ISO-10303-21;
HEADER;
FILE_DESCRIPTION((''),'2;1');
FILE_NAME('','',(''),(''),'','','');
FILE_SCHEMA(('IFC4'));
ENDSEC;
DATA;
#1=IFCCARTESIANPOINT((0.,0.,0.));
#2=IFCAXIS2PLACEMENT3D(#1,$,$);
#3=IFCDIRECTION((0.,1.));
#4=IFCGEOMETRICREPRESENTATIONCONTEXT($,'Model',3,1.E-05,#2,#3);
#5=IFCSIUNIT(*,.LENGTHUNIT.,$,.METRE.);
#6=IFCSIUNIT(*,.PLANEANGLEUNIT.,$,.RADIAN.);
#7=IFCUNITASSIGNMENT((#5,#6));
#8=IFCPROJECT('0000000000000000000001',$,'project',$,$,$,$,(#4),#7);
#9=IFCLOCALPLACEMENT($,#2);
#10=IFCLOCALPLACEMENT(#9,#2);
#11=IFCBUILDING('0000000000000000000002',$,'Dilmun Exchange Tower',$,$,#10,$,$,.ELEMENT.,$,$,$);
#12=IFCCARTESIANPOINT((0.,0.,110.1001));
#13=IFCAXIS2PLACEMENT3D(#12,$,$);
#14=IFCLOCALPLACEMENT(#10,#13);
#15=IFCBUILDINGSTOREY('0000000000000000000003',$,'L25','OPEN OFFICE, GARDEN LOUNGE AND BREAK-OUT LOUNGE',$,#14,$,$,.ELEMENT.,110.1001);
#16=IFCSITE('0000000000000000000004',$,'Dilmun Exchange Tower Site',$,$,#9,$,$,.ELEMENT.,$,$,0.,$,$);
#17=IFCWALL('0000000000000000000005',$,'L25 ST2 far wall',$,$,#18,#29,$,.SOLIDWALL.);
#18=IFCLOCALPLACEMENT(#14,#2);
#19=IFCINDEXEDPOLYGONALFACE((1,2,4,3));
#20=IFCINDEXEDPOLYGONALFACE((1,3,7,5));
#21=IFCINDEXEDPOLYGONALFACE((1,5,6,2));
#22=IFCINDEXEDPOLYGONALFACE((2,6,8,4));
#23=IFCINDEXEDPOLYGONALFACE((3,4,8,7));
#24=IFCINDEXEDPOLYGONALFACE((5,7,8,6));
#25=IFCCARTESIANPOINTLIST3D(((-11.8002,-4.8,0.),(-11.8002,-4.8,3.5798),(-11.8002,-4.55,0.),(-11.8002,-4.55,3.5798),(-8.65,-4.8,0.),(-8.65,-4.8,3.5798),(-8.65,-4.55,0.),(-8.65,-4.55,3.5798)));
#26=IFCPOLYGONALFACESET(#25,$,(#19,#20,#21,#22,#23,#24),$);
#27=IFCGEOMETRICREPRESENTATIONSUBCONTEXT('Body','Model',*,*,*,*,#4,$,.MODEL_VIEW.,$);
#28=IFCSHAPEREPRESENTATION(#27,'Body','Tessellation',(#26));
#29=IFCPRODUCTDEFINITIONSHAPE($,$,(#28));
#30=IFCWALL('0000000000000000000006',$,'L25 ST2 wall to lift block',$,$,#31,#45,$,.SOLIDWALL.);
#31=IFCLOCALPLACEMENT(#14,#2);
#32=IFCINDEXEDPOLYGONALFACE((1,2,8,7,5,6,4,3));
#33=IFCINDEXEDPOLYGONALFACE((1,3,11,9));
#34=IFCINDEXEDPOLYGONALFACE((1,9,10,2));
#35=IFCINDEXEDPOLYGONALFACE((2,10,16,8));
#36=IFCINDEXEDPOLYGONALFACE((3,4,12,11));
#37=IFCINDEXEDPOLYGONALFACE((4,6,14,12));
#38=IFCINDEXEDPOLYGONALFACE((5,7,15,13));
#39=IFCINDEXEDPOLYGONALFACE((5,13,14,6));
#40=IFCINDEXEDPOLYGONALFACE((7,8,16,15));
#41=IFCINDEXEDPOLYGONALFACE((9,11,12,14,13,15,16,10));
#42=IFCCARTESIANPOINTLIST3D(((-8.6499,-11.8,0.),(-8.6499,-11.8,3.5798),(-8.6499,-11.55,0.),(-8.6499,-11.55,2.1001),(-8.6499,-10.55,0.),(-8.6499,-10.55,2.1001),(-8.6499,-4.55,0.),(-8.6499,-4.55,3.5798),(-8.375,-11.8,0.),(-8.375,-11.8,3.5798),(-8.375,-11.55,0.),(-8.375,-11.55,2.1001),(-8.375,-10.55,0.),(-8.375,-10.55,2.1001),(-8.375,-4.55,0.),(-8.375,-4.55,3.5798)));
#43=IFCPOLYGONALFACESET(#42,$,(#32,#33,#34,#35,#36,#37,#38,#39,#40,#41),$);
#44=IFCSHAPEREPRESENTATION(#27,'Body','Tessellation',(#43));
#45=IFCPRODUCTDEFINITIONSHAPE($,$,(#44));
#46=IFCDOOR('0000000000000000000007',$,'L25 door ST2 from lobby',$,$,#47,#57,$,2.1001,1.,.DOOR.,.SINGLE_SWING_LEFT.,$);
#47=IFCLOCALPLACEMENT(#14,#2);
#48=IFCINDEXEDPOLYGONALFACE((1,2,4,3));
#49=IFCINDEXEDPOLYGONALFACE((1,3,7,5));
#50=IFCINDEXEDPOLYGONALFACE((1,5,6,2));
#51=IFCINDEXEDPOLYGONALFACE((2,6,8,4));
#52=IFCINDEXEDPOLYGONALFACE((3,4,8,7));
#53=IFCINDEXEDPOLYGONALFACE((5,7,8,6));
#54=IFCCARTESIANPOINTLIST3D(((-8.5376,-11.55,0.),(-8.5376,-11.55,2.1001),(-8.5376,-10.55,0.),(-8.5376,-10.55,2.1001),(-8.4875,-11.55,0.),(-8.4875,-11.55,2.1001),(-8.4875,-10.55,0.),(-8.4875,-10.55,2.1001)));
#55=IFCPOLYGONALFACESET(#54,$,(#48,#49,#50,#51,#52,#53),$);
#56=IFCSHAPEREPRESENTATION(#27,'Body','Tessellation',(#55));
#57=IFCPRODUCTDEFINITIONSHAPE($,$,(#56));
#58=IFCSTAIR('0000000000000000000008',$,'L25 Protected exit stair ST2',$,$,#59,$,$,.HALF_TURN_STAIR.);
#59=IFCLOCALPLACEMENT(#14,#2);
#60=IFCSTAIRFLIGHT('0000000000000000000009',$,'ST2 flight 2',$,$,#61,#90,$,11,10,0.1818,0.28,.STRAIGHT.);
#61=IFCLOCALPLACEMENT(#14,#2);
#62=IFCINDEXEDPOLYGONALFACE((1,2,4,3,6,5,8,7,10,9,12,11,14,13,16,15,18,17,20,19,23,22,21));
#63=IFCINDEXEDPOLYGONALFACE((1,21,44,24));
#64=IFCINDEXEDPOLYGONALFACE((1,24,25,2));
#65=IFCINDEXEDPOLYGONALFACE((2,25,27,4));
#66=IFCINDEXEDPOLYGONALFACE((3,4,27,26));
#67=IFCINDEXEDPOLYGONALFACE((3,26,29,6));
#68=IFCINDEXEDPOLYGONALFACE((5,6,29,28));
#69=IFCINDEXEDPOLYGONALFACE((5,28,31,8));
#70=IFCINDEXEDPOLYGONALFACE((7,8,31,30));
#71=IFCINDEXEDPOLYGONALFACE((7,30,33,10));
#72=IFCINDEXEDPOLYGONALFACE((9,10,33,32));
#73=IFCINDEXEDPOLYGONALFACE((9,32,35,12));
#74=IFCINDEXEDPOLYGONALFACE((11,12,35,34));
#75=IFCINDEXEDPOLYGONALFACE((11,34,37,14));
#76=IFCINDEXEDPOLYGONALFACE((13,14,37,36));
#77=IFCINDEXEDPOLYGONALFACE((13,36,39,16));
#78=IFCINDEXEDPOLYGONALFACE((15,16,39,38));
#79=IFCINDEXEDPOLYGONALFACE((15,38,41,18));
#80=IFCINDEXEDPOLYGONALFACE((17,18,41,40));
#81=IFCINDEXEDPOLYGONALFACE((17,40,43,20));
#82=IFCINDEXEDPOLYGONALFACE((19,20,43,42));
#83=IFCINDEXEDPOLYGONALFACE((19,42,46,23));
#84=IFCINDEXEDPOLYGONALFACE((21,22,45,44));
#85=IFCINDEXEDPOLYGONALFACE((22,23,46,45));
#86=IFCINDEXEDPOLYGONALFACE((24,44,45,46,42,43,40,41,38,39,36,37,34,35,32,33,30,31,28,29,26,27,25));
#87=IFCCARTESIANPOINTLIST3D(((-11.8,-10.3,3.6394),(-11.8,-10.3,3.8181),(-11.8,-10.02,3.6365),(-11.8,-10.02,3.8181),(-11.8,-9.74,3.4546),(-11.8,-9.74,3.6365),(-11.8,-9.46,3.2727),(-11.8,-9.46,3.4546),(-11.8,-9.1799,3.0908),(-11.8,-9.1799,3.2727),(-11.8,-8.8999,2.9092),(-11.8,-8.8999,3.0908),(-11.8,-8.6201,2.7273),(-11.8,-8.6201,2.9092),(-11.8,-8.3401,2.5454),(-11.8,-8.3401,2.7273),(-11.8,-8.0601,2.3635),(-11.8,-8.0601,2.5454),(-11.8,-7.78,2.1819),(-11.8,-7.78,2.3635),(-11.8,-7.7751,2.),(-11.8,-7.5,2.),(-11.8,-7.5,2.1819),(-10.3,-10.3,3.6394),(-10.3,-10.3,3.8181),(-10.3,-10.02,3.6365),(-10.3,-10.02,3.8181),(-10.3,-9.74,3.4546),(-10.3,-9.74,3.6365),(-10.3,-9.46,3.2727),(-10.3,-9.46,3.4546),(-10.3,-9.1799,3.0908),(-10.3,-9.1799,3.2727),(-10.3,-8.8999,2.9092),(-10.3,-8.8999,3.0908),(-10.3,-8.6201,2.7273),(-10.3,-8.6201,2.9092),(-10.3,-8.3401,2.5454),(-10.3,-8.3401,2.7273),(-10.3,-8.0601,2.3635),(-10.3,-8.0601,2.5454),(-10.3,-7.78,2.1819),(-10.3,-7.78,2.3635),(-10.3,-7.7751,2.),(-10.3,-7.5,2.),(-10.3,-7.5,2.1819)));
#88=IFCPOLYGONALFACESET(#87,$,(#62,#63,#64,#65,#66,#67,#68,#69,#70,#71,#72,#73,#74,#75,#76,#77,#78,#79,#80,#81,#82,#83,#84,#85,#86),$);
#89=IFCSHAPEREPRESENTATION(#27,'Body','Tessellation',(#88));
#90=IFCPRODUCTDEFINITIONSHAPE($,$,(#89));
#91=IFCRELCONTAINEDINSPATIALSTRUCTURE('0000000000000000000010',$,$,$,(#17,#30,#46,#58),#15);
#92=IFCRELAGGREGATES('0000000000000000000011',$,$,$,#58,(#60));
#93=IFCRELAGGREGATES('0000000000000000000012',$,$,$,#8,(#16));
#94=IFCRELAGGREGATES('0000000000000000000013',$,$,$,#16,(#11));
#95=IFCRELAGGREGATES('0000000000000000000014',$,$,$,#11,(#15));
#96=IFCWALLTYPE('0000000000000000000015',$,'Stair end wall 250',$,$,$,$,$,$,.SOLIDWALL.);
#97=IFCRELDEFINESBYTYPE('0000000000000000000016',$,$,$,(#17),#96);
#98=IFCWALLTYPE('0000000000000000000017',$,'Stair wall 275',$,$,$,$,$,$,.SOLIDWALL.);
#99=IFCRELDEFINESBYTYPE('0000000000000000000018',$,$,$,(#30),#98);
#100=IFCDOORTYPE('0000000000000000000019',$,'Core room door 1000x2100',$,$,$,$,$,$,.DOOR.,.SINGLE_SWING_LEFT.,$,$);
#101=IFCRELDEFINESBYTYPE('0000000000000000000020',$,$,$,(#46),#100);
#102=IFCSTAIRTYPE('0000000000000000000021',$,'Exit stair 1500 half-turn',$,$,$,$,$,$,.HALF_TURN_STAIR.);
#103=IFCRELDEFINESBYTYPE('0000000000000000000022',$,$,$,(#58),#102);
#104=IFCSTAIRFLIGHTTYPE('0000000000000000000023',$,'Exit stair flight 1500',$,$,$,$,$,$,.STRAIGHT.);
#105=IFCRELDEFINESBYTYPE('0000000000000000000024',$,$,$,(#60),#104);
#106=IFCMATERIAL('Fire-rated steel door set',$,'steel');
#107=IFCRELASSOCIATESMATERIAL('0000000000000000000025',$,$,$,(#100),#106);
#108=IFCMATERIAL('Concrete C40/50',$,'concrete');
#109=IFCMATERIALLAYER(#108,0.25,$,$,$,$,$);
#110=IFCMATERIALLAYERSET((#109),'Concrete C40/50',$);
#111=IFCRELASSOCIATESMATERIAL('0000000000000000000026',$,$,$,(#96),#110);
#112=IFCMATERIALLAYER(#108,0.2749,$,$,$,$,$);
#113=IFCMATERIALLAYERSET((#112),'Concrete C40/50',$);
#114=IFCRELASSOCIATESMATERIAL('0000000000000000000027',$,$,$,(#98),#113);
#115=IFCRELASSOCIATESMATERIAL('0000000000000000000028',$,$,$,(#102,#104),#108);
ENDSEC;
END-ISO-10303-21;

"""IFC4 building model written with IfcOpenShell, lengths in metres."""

from ifc_helpers import new_model, si_unit, direction, frame, frame_2d, origin, place, context, subcontext, project, spatial, polyline, rectangle, outline, extrude, material, layer, layer_set, type_object, element, fill, aggregate, save


model = new_model("IFC4")

# Units and contexts
model_context = context("Model", 3, precision=1e-05, world=origin(), true_north=direction((0.0, 1.0)))
body_context = subcontext(model_context, "Body", "Model", "MODEL_VIEW")
ifc_project = project(units=[si_unit("LENGTHUNIT", "METRE"), si_unit("PLANEANGLEUNIT", "RADIAN")], contexts=[model_context])

# Site, building, storey
site_placement = place(None, origin())
site = spatial("IfcSite", under=ifc_project, at=site_placement, Name="Dilmun Exchange Tower Site", CompositionType="ELEMENT", RefElevation=0.0)
building_placement = place(site_placement, origin())
building = spatial("IfcBuilding", under=site, at=building_placement, Name="Dilmun Exchange Tower", CompositionType="ELEMENT")
storey_placement = place(building_placement, frame((0.0, 0.0, 110.1001)))
storey = spatial("IfcBuildingStorey", under=building, at=storey_placement, Name="L25", Description="OPEN OFFICE, GARDEN LOUNGE AND BREAK-OUT LOUNGE", CompositionType="ELEMENT", Elevation=110.1001)

# Shared definitions
ifc_material_1 = material(Name="Concrete C40/50", Category="concrete")

# Shared definitions
ifc_material_2 = material(Name="Fire-rated steel door set", Category="steel")
door_type = type_object("IfcDoorType", Name="Core room door 1000x2100", OperationType="SINGLE_SWING_LEFT", PredefinedType="DOOR", material=ifc_material_2)

# Wall
ifc_layer_1 = layer(ifc_material_1, 0.25)
ifc_layer_set_1 = layer_set([ifc_layer_1], Name="Concrete C40/50")
wall_type_1 = type_object("IfcWallType", Name="Stair end wall 250", PredefinedType="SOLIDWALL", material=ifc_layer_set_1)
wall_1_placement = place(storey_placement, frame((-8.6499, -4.675, 0.0), z_axis=(0.0, 0.0, 1.0), x_axis=(-1.0, 0.0, 0.0)))
element("IfcWall", 1, at=wall_1_placement, inside=storey, type_object=wall_type_1, Name="L25 ST2 far wall", PredefinedType="SOLIDWALL", context=body_context, shape_type="SweptSolid", body=[
    extrude(rectangle(XDim=3.1501, YDim=0.25, at=frame_2d((1.5752, 0.0))), origin(), (0.0, 0.0, 1.0), 3.5798),
])

# Wall, opening, door
ifc_layer_2 = layer(ifc_material_1, 0.2749)
ifc_layer_set_2 = layer_set([ifc_layer_2], Name="Concrete C40/50")
wall_type_2 = type_object("IfcWallType", Name="Stair wall 275", PredefinedType="SOLIDWALL", material=ifc_layer_set_2)
wall_2_placement = place(storey_placement, frame((-8.5125, -4.55, 0.0), z_axis=(0.0, 0.0, 1.0), x_axis=(0.0, -1.0, 0.0)))
wall_2 = element("IfcWall", 2, at=wall_2_placement, inside=storey, type_object=wall_type_2, Name="L25 ST2 wall to lift block", PredefinedType="SOLIDWALL", context=body_context, shape_type="SweptSolid", body=[
    extrude(rectangle(XDim=7.25, YDim=0.2749, at=frame_2d((3.625, 0.0))), origin(), (0.0, 0.0, 1.0), 3.5798),
])
opening_1_placement = place(wall_2_placement, frame((6.0, 0.0, 0.0)))
opening_1 = element("IfcOpeningElement", 3, at=opening_1_placement, cuts=wall_2, PredefinedType="OPENING", context=body_context, shape_type="SweptSolid", body=[
    extrude(rectangle(XDim=1.0, YDim=2.1001, at=frame_2d((0.5, 1.05))), frame((0.0, 0.1475, 0.0), z_axis=(0.0, -1.0, 0.0), x_axis=(1.0, 0.0, 0.0)), (0.0, 0.0, 1.0), 0.2949),
])
door_1_placement = place(opening_1_placement, origin())
door_1 = element("IfcDoor", 4, at=door_1_placement, inside=storey, type_object=door_type, Name="L25 door ST2 from lobby", OperationType="SINGLE_SWING_LEFT", OverallHeight=2.1001, OverallWidth=1.0, PredefinedType="DOOR", context=body_context, shape_type="SweptSolid", body=[
    extrude(rectangle(XDim=1.0, YDim=2.1001, at=frame_2d((0.5, 1.05))), frame((0.0, 0.0249, 0.0), z_axis=(0.0, -1.0, 0.0), x_axis=(1.0, 0.0, 0.0)), (0.0, 0.0, 1.0), 0.05),
])
fill(opening_1, door_1)

# Stair, stair flight
stair_type = type_object("IfcStairType", Name="Exit stair 1500 half-turn", PredefinedType="HALF_TURN_STAIR", material=ifc_material_1)
stair_placement = place(storey_placement, origin())
stair = element("IfcStair", 5, at=stair_placement, inside=storey, type_object=stair_type, Name="L25 Protected exit stair ST2", PredefinedType="HALF_TURN_STAIR")
stair_flight_type = type_object("IfcStairFlightType", Name="Exit stair flight 1500", PredefinedType="STRAIGHT", material=ifc_material_1)
stair_flight_placement = place(storey_placement, frame((-11.05, -7.5, 2.0), z_axis=(0.0, 0.0, 1.0), x_axis=(0.0, -1.0, 0.0)))
stair_flight = element("IfcStairFlight", 6, at=stair_flight_placement, type_object=stair_flight_type, Name="ST2 flight 2", NumberOfRisers=11, NumberOfTreads=10, PredefinedType="STRAIGHT", RiserHeight=0.1818, TreadLength=0.28, context=body_context, shape_type="SweptSolid", body=[
    extrude(outline(polyline([(0.0, 0.0), (0.0, 0.1819), (0.28, 0.1819), (0.28, 0.3635), (0.5601, 0.3635), (0.5601, 0.5454), (0.8401, 0.5454), (0.8401, 0.7273), (1.1201, 0.7273), (1.1201, 0.9092), (1.3999, 0.9092), (1.3999, 1.0908), (1.6799, 1.0908), (1.6799, 1.2727), (1.96, 1.2727), (1.96, 1.4546), (2.24, 1.4546), (2.24, 1.6365), (2.52, 1.6365), (2.52, 1.8181), (2.8, 1.8181), (2.8, 2.0), (2.8, 1.6394), (0.2751, 0.0), (0.0, 0.0)])), frame((0.0, 0.75, 0.0), z_axis=(0.0, -1.0, 0.0), x_axis=(1.0, 0.0, 0.0)), (0.0, 0.0, 1.0), 1.5),
])
aggregate(stair, [stair_flight])

save(model, "model.ifc")
